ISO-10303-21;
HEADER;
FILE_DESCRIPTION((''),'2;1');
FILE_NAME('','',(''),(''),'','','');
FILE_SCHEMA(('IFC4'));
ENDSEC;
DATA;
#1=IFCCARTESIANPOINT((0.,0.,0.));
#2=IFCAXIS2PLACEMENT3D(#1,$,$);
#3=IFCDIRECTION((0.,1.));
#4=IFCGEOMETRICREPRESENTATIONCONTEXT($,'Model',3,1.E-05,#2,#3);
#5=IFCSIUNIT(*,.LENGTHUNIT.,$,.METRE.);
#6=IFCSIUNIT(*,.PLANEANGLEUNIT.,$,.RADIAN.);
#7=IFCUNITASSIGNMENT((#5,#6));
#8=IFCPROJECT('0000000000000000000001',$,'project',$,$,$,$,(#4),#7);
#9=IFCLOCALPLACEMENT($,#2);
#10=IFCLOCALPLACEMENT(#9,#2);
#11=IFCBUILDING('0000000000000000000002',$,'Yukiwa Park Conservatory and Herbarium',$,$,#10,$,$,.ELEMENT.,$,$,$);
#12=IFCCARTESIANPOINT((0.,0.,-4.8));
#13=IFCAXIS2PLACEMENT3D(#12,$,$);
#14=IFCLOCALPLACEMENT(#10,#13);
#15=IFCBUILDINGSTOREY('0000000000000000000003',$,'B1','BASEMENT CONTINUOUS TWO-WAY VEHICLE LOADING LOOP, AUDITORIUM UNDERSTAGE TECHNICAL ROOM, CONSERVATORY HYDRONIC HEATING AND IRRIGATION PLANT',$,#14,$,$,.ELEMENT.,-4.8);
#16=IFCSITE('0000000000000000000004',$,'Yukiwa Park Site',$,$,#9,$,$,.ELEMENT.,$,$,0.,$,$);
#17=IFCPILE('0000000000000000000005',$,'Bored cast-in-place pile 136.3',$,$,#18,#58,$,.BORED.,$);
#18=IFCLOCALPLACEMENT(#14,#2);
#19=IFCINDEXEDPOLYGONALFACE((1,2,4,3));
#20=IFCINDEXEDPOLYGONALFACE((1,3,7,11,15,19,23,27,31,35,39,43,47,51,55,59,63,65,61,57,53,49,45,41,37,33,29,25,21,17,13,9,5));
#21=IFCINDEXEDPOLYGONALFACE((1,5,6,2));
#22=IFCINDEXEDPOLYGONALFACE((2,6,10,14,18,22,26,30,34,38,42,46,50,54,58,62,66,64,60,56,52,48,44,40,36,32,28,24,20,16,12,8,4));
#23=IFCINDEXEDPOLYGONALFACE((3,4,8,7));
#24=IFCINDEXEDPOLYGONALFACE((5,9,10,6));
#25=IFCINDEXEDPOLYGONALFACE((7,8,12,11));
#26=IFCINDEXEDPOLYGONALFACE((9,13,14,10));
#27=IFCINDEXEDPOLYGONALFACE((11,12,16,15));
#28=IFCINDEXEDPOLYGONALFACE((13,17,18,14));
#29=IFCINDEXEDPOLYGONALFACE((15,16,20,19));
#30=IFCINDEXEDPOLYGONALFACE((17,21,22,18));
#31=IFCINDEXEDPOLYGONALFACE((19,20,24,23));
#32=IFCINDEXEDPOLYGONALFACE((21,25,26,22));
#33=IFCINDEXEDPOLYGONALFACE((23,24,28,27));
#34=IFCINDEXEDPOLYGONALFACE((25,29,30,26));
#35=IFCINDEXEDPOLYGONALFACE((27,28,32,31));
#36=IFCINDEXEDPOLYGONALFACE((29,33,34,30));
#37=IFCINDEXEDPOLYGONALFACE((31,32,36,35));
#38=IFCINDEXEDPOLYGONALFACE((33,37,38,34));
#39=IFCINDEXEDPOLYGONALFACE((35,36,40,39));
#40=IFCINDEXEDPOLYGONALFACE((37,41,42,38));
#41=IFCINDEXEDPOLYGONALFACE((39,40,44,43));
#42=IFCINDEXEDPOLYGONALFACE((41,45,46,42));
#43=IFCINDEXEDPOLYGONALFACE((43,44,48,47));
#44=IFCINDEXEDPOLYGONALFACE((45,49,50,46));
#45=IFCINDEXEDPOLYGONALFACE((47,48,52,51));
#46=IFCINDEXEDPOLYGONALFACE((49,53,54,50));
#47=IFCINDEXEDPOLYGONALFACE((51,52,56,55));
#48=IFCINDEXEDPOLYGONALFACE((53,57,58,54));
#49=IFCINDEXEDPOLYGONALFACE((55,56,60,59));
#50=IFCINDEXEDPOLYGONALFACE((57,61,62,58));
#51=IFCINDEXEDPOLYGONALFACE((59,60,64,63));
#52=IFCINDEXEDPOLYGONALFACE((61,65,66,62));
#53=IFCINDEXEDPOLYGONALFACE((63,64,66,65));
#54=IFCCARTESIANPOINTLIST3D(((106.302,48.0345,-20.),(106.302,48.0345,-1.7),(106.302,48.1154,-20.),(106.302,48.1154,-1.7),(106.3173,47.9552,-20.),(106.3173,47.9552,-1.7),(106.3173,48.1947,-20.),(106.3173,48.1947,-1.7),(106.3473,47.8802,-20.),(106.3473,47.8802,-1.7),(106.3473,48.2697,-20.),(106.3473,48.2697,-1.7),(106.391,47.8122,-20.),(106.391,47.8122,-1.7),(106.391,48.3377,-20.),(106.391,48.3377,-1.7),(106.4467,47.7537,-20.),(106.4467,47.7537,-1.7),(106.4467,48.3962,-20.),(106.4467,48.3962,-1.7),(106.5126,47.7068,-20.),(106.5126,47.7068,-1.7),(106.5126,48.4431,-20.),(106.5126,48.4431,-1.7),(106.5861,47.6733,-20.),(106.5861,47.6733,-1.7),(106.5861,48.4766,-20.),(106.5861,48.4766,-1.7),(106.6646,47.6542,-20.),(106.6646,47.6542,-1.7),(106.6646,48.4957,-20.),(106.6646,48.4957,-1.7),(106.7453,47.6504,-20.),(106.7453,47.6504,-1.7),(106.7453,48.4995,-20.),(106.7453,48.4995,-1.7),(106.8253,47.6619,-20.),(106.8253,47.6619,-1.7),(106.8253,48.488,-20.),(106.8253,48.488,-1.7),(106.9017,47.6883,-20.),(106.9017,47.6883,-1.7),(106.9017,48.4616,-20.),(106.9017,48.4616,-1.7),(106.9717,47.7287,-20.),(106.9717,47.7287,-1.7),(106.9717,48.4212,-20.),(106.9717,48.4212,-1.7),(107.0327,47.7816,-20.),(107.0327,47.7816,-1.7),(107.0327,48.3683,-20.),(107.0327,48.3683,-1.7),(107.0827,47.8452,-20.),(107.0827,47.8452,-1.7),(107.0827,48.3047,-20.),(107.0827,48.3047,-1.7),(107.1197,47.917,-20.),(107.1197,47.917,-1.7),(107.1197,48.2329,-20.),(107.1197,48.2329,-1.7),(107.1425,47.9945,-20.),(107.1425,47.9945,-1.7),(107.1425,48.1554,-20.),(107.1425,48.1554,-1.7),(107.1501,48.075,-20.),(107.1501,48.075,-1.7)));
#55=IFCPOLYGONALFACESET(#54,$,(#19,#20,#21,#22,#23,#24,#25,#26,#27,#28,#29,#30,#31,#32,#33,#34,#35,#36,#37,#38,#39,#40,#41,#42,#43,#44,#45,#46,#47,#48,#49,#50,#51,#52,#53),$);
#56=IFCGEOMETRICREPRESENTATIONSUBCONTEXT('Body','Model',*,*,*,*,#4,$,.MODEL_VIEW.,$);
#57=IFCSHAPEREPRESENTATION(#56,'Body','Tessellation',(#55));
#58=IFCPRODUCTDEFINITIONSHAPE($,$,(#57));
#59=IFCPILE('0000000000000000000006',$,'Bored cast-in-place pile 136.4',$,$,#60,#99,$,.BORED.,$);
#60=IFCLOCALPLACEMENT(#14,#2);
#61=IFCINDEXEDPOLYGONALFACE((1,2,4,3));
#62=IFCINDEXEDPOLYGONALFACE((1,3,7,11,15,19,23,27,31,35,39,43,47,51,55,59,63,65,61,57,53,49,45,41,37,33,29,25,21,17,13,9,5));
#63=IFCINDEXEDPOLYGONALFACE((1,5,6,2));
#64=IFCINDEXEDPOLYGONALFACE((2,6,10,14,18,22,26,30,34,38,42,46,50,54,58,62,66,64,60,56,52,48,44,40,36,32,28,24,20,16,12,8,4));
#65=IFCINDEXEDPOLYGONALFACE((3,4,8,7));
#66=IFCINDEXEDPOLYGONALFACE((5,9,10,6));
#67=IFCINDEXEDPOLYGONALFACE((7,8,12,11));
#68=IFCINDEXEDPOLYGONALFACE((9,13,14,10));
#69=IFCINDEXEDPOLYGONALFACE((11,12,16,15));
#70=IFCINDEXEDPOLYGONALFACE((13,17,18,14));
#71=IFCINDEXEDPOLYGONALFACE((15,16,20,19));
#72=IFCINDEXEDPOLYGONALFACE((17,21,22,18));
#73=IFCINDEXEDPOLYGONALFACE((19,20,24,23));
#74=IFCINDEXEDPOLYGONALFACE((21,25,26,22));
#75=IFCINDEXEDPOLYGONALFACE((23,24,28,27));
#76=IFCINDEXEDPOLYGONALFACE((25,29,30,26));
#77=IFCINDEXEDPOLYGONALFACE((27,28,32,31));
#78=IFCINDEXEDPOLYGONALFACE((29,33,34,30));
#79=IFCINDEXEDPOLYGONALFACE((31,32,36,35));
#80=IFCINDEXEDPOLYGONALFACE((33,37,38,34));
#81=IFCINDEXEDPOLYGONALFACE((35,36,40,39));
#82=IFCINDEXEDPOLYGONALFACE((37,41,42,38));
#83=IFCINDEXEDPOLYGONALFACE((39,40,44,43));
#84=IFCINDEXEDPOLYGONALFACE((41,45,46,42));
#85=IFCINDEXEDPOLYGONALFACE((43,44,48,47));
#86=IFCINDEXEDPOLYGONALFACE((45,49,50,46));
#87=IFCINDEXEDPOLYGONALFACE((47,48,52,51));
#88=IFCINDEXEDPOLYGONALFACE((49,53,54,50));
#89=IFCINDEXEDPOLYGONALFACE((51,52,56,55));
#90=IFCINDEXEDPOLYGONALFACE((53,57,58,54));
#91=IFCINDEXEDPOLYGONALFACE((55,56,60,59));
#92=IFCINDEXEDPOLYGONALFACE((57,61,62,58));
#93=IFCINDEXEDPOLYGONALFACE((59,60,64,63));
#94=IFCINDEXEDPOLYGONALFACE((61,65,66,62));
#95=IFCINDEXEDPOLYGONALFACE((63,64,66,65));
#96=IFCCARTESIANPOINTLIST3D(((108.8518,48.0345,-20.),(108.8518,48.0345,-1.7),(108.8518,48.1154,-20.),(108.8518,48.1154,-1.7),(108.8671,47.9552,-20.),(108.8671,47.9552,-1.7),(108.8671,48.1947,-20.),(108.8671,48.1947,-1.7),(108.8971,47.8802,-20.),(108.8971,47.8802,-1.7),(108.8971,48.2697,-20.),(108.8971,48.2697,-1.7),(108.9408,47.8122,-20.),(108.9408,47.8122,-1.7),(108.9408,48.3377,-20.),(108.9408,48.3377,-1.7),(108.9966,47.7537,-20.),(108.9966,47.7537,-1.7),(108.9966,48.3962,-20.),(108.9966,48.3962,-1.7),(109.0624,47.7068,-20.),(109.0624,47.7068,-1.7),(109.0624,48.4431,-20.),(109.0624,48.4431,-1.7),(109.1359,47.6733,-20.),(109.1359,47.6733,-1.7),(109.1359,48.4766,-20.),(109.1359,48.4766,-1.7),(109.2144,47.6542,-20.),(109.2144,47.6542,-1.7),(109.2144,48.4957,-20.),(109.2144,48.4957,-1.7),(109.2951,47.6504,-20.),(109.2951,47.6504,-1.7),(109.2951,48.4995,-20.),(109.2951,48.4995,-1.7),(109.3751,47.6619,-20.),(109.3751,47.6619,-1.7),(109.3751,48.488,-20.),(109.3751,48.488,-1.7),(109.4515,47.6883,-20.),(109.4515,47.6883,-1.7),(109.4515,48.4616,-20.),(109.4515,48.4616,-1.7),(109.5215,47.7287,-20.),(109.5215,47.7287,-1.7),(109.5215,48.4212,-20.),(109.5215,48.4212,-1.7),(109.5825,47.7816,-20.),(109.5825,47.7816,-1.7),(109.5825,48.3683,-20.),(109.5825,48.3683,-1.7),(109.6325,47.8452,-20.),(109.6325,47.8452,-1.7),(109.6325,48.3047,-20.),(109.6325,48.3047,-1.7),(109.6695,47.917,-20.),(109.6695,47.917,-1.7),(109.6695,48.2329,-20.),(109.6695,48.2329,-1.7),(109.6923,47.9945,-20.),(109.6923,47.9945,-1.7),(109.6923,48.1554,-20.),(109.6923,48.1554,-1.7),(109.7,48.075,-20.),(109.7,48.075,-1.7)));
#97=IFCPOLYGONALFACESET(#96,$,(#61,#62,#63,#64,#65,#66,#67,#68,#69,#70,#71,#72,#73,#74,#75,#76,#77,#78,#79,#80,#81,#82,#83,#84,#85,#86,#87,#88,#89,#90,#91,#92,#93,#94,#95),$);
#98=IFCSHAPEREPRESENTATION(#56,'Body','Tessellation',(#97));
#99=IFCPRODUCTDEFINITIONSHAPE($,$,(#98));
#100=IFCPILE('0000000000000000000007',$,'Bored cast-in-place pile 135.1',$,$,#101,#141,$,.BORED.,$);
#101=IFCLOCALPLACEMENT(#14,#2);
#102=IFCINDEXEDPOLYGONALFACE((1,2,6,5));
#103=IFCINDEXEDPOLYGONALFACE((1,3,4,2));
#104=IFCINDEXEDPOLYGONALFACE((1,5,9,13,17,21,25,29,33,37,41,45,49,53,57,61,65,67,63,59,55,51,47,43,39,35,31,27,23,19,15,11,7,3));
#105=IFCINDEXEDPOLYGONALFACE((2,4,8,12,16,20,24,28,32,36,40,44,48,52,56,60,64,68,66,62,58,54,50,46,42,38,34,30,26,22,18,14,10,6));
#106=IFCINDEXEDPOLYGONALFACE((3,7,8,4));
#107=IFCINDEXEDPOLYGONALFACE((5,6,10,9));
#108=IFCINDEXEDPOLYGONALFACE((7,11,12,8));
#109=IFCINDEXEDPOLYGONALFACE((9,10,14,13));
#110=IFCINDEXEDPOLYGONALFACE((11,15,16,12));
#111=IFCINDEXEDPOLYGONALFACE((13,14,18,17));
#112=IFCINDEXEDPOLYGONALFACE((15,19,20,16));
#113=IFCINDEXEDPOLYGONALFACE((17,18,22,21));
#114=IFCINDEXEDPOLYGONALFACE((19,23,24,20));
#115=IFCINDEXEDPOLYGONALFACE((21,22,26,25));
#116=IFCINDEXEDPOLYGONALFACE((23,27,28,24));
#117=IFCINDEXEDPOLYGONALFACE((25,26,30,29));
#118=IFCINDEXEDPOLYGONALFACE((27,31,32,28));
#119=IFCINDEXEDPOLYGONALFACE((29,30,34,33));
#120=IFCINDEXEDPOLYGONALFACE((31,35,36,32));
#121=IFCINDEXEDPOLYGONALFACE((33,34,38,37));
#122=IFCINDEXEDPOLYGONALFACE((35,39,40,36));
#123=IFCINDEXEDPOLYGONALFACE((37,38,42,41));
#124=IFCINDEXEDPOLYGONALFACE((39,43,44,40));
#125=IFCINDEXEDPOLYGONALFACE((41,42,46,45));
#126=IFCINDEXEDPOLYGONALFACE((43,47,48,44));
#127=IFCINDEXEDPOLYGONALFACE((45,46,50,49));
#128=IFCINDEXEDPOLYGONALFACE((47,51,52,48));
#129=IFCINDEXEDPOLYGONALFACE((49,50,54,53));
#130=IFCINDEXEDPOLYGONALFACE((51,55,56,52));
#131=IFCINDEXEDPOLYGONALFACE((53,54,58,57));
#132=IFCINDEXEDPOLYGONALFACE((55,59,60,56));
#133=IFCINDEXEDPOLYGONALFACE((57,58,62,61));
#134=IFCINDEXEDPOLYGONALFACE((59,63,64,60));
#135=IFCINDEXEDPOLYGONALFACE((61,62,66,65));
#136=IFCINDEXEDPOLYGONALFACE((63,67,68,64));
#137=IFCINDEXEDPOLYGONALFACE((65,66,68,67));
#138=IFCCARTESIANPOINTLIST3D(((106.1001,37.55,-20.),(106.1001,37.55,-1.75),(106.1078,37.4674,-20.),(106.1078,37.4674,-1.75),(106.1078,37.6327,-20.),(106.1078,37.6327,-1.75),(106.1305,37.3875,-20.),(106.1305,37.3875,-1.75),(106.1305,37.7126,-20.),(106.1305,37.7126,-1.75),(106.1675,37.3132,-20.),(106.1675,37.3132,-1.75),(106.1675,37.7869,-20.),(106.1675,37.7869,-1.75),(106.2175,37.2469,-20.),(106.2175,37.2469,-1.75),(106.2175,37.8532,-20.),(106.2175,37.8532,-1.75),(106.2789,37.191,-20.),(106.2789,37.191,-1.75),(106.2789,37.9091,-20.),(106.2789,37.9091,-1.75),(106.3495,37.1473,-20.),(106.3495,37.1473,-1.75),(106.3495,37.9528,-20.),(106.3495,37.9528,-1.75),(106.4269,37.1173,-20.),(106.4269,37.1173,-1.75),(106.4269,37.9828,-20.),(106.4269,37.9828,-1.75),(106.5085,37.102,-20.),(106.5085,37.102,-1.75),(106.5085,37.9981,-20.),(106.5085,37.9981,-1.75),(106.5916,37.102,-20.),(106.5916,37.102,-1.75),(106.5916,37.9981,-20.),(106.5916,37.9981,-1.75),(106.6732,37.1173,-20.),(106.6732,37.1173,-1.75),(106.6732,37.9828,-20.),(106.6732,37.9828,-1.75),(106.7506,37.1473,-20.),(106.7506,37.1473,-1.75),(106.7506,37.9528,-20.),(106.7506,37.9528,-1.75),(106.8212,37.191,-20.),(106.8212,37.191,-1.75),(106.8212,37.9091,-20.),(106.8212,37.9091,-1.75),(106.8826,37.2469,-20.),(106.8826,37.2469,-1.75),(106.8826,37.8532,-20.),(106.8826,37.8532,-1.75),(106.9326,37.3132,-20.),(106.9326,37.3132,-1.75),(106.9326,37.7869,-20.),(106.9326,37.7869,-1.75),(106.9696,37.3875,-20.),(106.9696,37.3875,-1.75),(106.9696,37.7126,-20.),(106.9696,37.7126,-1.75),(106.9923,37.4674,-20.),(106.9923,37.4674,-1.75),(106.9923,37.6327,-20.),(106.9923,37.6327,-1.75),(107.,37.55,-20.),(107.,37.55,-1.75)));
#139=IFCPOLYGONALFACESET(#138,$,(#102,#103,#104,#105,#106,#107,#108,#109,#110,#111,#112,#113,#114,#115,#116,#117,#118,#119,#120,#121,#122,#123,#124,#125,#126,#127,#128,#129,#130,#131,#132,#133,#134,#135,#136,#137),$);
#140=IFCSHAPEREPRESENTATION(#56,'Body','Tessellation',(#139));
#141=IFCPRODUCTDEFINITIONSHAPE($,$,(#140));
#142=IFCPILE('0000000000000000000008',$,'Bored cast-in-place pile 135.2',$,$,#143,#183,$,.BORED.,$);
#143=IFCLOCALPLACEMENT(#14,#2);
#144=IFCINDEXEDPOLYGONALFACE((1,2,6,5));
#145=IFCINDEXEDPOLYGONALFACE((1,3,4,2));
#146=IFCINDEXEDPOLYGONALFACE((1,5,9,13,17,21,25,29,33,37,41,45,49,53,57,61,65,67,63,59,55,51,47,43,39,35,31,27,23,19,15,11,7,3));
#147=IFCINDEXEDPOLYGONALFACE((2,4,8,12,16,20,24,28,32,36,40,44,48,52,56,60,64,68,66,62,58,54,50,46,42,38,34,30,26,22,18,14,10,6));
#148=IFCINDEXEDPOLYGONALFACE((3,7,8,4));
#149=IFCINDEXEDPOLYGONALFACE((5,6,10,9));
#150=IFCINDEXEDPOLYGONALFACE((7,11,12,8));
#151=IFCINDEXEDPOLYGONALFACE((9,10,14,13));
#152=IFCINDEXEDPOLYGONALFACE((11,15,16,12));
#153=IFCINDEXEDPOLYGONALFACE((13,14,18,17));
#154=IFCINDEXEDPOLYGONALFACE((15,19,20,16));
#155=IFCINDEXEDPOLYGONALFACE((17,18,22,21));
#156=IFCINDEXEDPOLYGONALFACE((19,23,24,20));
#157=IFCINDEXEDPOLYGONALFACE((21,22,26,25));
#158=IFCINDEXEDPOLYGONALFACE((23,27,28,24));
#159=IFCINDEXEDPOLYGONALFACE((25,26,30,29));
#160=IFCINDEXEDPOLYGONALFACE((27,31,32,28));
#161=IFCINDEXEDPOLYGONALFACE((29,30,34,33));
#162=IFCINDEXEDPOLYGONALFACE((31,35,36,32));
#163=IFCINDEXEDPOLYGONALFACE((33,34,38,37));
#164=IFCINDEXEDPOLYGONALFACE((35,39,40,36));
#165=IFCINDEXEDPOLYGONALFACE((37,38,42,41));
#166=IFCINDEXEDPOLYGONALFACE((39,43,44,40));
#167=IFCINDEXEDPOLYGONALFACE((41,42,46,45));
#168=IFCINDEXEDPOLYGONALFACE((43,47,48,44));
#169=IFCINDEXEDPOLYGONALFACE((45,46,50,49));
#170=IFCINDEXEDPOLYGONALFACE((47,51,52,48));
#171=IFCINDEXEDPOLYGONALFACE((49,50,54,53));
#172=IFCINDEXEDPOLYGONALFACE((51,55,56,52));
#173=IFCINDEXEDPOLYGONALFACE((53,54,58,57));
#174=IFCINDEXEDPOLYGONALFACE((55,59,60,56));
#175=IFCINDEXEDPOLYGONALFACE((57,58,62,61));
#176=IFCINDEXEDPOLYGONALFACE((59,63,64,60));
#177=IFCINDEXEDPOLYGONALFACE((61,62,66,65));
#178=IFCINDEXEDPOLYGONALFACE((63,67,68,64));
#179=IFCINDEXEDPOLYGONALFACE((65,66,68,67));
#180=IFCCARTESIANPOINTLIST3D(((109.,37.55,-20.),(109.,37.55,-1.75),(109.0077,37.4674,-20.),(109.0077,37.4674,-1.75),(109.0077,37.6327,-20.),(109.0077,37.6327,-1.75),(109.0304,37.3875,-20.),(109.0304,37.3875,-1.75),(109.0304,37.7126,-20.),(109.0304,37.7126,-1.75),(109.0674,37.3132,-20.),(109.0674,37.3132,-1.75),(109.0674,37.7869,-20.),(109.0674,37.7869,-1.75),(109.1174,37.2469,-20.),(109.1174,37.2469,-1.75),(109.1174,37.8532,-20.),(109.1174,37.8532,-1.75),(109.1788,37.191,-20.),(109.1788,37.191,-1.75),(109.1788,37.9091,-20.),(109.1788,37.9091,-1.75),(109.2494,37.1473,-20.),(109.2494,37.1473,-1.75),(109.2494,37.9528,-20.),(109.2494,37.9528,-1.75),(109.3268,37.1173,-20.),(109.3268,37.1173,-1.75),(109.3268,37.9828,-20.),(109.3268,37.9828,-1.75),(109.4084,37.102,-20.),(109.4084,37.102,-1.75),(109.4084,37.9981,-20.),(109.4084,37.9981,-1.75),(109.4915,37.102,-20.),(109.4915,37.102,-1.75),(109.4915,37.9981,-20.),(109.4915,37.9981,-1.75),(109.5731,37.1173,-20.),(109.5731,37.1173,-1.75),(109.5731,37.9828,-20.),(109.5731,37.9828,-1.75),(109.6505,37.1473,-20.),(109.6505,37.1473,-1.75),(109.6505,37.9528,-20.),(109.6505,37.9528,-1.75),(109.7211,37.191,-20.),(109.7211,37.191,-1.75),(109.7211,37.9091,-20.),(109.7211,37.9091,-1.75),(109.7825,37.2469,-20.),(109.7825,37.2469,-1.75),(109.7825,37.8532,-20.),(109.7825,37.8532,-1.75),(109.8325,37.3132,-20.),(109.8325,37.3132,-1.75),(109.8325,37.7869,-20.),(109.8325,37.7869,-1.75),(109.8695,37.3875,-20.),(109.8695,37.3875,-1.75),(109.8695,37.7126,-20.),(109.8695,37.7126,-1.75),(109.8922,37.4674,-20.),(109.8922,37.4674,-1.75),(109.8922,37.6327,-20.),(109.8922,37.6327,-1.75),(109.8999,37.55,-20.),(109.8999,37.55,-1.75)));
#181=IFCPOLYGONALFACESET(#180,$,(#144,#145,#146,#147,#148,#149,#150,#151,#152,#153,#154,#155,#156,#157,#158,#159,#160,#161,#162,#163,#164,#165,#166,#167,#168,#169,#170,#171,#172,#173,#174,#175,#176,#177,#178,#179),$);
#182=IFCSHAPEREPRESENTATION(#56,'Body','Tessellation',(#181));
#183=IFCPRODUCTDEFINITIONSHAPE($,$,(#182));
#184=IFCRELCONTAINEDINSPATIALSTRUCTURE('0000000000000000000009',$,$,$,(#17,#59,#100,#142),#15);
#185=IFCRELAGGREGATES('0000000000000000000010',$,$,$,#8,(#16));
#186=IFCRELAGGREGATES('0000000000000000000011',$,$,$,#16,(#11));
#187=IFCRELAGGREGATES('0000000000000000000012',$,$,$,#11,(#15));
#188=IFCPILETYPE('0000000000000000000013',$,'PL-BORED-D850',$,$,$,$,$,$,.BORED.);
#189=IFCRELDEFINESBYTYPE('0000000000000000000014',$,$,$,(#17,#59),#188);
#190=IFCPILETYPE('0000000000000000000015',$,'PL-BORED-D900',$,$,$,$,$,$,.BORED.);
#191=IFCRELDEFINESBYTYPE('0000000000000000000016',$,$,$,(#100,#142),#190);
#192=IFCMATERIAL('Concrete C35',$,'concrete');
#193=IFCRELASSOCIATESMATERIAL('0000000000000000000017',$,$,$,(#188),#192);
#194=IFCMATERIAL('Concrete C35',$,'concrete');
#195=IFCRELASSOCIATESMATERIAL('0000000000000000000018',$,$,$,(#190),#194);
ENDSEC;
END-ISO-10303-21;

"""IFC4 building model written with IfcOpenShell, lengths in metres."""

from ifc_helpers import new_model, si_unit, direction, frame, origin, origin_2d, place, context, subcontext, project, spatial, circle, extrude, material, material_profile, profile_set, type_object, element, save


model = new_model("IFC4")

# Units and contexts
model_context = context("Model", 3, precision=1e-05, world=origin(), true_north=direction((0.0, 1.0)))
body_context = subcontext(model_context, "Body", "Model", "MODEL_VIEW")
ifc_project = project(units=[si_unit("LENGTHUNIT", "METRE"), si_unit("PLANEANGLEUNIT", "RADIAN")], contexts=[model_context])

# Site, building, storey
site_placement = place(None, origin())
site = spatial("IfcSite", under=ifc_project, at=site_placement, Name="Yukiwa Park Site", CompositionType="ELEMENT", RefElevation=0.0)
building_placement = place(site_placement, origin())
building = spatial("IfcBuilding", under=site, at=building_placement, Name="Yukiwa Park Conservatory and Herbarium", CompositionType="ELEMENT")
storey_placement = place(building_placement, frame((0.0, 0.0, -4.8)))
storey = spatial("IfcBuildingStorey", under=building, at=storey_placement, Name="B1", Description="BASEMENT CONTINUOUS TWO-WAY VEHICLE LOADING LOOP, AUDITORIUM UNDERSTAGE TECHNICAL ROOM, CONSERVATORY HYDRONIC HEATING AND IRRIGATION PLANT", CompositionType="ELEMENT", Elevation=-4.8)

# Piles
ifc_material_1 = material(Name="Concrete C35", Category="concrete")
ifc_material_profile_1 = material_profile(ifc_material_1, circle(Radius=0.425, at=origin_2d()), Name="PILE D850")
ifc_profile_set_1 = profile_set([ifc_material_profile_1], Name="Concrete C35")
pile_type_1 = type_object("IfcPileType", Name="PL-BORED-D850", PredefinedType="BORED", material=ifc_profile_set_1)
for number, where, z_axis, x_axis, name in (
    (1, (106.7251, 48.075, -1.7), (0.0, 0.0, -1.0), (1.0, 0.0, 0.0), "Bored cast-in-place pile 136.3"),
    (2, (109.2749, 48.075, -1.7), (0.0, 0.0, -1.0), (1.0, 0.0, 0.0), "Bored cast-in-place pile 136.4"),
):
    element("IfcPile", number, at=place(storey_placement, frame(where, z_axis=z_axis, x_axis=x_axis)), inside=storey, type_object=pile_type_1, Name=name, PredefinedType="BORED", context=body_context, shape_type="SweptSolid", body=[
        extrude(circle(Radius=0.425, at=origin_2d()), origin(), (0.0, 0.0, 1.0), 18.3),
    ])
ifc_material_2 = material(Name="Concrete C35", Category="concrete")
ifc_material_profile_2 = material_profile(ifc_material_2, circle(Radius=0.45, at=origin_2d()), Name="PILE D900")
ifc_profile_set_2 = profile_set([ifc_material_profile_2], Name="Concrete C35")
pile_type_2 = type_object("IfcPileType", Name="PL-BORED-D900", PredefinedType="BORED", material=ifc_profile_set_2)
for number, where, z_axis, x_axis, name in (
    (3, (106.55, 37.55, -1.75), (0.0, 0.0, -1.0), (1.0, 0.0, 0.0), "Bored cast-in-place pile 135.1"),
    (4, (109.45, 37.55, -1.75), (0.0, 0.0, -1.0), (1.0, 0.0, 0.0), "Bored cast-in-place pile 135.2"),
):
    element("IfcPile", number, at=place(storey_placement, frame(where, z_axis=z_axis, x_axis=x_axis)), inside=storey, type_object=pile_type_2, Name=name, PredefinedType="BORED", context=body_context, shape_type="SweptSolid", body=[
        extrude(circle(Radius=0.45, at=origin_2d()), origin(), (0.0, 0.0, 1.0), 18.25),
    ])

save(model, "model.ifc")
